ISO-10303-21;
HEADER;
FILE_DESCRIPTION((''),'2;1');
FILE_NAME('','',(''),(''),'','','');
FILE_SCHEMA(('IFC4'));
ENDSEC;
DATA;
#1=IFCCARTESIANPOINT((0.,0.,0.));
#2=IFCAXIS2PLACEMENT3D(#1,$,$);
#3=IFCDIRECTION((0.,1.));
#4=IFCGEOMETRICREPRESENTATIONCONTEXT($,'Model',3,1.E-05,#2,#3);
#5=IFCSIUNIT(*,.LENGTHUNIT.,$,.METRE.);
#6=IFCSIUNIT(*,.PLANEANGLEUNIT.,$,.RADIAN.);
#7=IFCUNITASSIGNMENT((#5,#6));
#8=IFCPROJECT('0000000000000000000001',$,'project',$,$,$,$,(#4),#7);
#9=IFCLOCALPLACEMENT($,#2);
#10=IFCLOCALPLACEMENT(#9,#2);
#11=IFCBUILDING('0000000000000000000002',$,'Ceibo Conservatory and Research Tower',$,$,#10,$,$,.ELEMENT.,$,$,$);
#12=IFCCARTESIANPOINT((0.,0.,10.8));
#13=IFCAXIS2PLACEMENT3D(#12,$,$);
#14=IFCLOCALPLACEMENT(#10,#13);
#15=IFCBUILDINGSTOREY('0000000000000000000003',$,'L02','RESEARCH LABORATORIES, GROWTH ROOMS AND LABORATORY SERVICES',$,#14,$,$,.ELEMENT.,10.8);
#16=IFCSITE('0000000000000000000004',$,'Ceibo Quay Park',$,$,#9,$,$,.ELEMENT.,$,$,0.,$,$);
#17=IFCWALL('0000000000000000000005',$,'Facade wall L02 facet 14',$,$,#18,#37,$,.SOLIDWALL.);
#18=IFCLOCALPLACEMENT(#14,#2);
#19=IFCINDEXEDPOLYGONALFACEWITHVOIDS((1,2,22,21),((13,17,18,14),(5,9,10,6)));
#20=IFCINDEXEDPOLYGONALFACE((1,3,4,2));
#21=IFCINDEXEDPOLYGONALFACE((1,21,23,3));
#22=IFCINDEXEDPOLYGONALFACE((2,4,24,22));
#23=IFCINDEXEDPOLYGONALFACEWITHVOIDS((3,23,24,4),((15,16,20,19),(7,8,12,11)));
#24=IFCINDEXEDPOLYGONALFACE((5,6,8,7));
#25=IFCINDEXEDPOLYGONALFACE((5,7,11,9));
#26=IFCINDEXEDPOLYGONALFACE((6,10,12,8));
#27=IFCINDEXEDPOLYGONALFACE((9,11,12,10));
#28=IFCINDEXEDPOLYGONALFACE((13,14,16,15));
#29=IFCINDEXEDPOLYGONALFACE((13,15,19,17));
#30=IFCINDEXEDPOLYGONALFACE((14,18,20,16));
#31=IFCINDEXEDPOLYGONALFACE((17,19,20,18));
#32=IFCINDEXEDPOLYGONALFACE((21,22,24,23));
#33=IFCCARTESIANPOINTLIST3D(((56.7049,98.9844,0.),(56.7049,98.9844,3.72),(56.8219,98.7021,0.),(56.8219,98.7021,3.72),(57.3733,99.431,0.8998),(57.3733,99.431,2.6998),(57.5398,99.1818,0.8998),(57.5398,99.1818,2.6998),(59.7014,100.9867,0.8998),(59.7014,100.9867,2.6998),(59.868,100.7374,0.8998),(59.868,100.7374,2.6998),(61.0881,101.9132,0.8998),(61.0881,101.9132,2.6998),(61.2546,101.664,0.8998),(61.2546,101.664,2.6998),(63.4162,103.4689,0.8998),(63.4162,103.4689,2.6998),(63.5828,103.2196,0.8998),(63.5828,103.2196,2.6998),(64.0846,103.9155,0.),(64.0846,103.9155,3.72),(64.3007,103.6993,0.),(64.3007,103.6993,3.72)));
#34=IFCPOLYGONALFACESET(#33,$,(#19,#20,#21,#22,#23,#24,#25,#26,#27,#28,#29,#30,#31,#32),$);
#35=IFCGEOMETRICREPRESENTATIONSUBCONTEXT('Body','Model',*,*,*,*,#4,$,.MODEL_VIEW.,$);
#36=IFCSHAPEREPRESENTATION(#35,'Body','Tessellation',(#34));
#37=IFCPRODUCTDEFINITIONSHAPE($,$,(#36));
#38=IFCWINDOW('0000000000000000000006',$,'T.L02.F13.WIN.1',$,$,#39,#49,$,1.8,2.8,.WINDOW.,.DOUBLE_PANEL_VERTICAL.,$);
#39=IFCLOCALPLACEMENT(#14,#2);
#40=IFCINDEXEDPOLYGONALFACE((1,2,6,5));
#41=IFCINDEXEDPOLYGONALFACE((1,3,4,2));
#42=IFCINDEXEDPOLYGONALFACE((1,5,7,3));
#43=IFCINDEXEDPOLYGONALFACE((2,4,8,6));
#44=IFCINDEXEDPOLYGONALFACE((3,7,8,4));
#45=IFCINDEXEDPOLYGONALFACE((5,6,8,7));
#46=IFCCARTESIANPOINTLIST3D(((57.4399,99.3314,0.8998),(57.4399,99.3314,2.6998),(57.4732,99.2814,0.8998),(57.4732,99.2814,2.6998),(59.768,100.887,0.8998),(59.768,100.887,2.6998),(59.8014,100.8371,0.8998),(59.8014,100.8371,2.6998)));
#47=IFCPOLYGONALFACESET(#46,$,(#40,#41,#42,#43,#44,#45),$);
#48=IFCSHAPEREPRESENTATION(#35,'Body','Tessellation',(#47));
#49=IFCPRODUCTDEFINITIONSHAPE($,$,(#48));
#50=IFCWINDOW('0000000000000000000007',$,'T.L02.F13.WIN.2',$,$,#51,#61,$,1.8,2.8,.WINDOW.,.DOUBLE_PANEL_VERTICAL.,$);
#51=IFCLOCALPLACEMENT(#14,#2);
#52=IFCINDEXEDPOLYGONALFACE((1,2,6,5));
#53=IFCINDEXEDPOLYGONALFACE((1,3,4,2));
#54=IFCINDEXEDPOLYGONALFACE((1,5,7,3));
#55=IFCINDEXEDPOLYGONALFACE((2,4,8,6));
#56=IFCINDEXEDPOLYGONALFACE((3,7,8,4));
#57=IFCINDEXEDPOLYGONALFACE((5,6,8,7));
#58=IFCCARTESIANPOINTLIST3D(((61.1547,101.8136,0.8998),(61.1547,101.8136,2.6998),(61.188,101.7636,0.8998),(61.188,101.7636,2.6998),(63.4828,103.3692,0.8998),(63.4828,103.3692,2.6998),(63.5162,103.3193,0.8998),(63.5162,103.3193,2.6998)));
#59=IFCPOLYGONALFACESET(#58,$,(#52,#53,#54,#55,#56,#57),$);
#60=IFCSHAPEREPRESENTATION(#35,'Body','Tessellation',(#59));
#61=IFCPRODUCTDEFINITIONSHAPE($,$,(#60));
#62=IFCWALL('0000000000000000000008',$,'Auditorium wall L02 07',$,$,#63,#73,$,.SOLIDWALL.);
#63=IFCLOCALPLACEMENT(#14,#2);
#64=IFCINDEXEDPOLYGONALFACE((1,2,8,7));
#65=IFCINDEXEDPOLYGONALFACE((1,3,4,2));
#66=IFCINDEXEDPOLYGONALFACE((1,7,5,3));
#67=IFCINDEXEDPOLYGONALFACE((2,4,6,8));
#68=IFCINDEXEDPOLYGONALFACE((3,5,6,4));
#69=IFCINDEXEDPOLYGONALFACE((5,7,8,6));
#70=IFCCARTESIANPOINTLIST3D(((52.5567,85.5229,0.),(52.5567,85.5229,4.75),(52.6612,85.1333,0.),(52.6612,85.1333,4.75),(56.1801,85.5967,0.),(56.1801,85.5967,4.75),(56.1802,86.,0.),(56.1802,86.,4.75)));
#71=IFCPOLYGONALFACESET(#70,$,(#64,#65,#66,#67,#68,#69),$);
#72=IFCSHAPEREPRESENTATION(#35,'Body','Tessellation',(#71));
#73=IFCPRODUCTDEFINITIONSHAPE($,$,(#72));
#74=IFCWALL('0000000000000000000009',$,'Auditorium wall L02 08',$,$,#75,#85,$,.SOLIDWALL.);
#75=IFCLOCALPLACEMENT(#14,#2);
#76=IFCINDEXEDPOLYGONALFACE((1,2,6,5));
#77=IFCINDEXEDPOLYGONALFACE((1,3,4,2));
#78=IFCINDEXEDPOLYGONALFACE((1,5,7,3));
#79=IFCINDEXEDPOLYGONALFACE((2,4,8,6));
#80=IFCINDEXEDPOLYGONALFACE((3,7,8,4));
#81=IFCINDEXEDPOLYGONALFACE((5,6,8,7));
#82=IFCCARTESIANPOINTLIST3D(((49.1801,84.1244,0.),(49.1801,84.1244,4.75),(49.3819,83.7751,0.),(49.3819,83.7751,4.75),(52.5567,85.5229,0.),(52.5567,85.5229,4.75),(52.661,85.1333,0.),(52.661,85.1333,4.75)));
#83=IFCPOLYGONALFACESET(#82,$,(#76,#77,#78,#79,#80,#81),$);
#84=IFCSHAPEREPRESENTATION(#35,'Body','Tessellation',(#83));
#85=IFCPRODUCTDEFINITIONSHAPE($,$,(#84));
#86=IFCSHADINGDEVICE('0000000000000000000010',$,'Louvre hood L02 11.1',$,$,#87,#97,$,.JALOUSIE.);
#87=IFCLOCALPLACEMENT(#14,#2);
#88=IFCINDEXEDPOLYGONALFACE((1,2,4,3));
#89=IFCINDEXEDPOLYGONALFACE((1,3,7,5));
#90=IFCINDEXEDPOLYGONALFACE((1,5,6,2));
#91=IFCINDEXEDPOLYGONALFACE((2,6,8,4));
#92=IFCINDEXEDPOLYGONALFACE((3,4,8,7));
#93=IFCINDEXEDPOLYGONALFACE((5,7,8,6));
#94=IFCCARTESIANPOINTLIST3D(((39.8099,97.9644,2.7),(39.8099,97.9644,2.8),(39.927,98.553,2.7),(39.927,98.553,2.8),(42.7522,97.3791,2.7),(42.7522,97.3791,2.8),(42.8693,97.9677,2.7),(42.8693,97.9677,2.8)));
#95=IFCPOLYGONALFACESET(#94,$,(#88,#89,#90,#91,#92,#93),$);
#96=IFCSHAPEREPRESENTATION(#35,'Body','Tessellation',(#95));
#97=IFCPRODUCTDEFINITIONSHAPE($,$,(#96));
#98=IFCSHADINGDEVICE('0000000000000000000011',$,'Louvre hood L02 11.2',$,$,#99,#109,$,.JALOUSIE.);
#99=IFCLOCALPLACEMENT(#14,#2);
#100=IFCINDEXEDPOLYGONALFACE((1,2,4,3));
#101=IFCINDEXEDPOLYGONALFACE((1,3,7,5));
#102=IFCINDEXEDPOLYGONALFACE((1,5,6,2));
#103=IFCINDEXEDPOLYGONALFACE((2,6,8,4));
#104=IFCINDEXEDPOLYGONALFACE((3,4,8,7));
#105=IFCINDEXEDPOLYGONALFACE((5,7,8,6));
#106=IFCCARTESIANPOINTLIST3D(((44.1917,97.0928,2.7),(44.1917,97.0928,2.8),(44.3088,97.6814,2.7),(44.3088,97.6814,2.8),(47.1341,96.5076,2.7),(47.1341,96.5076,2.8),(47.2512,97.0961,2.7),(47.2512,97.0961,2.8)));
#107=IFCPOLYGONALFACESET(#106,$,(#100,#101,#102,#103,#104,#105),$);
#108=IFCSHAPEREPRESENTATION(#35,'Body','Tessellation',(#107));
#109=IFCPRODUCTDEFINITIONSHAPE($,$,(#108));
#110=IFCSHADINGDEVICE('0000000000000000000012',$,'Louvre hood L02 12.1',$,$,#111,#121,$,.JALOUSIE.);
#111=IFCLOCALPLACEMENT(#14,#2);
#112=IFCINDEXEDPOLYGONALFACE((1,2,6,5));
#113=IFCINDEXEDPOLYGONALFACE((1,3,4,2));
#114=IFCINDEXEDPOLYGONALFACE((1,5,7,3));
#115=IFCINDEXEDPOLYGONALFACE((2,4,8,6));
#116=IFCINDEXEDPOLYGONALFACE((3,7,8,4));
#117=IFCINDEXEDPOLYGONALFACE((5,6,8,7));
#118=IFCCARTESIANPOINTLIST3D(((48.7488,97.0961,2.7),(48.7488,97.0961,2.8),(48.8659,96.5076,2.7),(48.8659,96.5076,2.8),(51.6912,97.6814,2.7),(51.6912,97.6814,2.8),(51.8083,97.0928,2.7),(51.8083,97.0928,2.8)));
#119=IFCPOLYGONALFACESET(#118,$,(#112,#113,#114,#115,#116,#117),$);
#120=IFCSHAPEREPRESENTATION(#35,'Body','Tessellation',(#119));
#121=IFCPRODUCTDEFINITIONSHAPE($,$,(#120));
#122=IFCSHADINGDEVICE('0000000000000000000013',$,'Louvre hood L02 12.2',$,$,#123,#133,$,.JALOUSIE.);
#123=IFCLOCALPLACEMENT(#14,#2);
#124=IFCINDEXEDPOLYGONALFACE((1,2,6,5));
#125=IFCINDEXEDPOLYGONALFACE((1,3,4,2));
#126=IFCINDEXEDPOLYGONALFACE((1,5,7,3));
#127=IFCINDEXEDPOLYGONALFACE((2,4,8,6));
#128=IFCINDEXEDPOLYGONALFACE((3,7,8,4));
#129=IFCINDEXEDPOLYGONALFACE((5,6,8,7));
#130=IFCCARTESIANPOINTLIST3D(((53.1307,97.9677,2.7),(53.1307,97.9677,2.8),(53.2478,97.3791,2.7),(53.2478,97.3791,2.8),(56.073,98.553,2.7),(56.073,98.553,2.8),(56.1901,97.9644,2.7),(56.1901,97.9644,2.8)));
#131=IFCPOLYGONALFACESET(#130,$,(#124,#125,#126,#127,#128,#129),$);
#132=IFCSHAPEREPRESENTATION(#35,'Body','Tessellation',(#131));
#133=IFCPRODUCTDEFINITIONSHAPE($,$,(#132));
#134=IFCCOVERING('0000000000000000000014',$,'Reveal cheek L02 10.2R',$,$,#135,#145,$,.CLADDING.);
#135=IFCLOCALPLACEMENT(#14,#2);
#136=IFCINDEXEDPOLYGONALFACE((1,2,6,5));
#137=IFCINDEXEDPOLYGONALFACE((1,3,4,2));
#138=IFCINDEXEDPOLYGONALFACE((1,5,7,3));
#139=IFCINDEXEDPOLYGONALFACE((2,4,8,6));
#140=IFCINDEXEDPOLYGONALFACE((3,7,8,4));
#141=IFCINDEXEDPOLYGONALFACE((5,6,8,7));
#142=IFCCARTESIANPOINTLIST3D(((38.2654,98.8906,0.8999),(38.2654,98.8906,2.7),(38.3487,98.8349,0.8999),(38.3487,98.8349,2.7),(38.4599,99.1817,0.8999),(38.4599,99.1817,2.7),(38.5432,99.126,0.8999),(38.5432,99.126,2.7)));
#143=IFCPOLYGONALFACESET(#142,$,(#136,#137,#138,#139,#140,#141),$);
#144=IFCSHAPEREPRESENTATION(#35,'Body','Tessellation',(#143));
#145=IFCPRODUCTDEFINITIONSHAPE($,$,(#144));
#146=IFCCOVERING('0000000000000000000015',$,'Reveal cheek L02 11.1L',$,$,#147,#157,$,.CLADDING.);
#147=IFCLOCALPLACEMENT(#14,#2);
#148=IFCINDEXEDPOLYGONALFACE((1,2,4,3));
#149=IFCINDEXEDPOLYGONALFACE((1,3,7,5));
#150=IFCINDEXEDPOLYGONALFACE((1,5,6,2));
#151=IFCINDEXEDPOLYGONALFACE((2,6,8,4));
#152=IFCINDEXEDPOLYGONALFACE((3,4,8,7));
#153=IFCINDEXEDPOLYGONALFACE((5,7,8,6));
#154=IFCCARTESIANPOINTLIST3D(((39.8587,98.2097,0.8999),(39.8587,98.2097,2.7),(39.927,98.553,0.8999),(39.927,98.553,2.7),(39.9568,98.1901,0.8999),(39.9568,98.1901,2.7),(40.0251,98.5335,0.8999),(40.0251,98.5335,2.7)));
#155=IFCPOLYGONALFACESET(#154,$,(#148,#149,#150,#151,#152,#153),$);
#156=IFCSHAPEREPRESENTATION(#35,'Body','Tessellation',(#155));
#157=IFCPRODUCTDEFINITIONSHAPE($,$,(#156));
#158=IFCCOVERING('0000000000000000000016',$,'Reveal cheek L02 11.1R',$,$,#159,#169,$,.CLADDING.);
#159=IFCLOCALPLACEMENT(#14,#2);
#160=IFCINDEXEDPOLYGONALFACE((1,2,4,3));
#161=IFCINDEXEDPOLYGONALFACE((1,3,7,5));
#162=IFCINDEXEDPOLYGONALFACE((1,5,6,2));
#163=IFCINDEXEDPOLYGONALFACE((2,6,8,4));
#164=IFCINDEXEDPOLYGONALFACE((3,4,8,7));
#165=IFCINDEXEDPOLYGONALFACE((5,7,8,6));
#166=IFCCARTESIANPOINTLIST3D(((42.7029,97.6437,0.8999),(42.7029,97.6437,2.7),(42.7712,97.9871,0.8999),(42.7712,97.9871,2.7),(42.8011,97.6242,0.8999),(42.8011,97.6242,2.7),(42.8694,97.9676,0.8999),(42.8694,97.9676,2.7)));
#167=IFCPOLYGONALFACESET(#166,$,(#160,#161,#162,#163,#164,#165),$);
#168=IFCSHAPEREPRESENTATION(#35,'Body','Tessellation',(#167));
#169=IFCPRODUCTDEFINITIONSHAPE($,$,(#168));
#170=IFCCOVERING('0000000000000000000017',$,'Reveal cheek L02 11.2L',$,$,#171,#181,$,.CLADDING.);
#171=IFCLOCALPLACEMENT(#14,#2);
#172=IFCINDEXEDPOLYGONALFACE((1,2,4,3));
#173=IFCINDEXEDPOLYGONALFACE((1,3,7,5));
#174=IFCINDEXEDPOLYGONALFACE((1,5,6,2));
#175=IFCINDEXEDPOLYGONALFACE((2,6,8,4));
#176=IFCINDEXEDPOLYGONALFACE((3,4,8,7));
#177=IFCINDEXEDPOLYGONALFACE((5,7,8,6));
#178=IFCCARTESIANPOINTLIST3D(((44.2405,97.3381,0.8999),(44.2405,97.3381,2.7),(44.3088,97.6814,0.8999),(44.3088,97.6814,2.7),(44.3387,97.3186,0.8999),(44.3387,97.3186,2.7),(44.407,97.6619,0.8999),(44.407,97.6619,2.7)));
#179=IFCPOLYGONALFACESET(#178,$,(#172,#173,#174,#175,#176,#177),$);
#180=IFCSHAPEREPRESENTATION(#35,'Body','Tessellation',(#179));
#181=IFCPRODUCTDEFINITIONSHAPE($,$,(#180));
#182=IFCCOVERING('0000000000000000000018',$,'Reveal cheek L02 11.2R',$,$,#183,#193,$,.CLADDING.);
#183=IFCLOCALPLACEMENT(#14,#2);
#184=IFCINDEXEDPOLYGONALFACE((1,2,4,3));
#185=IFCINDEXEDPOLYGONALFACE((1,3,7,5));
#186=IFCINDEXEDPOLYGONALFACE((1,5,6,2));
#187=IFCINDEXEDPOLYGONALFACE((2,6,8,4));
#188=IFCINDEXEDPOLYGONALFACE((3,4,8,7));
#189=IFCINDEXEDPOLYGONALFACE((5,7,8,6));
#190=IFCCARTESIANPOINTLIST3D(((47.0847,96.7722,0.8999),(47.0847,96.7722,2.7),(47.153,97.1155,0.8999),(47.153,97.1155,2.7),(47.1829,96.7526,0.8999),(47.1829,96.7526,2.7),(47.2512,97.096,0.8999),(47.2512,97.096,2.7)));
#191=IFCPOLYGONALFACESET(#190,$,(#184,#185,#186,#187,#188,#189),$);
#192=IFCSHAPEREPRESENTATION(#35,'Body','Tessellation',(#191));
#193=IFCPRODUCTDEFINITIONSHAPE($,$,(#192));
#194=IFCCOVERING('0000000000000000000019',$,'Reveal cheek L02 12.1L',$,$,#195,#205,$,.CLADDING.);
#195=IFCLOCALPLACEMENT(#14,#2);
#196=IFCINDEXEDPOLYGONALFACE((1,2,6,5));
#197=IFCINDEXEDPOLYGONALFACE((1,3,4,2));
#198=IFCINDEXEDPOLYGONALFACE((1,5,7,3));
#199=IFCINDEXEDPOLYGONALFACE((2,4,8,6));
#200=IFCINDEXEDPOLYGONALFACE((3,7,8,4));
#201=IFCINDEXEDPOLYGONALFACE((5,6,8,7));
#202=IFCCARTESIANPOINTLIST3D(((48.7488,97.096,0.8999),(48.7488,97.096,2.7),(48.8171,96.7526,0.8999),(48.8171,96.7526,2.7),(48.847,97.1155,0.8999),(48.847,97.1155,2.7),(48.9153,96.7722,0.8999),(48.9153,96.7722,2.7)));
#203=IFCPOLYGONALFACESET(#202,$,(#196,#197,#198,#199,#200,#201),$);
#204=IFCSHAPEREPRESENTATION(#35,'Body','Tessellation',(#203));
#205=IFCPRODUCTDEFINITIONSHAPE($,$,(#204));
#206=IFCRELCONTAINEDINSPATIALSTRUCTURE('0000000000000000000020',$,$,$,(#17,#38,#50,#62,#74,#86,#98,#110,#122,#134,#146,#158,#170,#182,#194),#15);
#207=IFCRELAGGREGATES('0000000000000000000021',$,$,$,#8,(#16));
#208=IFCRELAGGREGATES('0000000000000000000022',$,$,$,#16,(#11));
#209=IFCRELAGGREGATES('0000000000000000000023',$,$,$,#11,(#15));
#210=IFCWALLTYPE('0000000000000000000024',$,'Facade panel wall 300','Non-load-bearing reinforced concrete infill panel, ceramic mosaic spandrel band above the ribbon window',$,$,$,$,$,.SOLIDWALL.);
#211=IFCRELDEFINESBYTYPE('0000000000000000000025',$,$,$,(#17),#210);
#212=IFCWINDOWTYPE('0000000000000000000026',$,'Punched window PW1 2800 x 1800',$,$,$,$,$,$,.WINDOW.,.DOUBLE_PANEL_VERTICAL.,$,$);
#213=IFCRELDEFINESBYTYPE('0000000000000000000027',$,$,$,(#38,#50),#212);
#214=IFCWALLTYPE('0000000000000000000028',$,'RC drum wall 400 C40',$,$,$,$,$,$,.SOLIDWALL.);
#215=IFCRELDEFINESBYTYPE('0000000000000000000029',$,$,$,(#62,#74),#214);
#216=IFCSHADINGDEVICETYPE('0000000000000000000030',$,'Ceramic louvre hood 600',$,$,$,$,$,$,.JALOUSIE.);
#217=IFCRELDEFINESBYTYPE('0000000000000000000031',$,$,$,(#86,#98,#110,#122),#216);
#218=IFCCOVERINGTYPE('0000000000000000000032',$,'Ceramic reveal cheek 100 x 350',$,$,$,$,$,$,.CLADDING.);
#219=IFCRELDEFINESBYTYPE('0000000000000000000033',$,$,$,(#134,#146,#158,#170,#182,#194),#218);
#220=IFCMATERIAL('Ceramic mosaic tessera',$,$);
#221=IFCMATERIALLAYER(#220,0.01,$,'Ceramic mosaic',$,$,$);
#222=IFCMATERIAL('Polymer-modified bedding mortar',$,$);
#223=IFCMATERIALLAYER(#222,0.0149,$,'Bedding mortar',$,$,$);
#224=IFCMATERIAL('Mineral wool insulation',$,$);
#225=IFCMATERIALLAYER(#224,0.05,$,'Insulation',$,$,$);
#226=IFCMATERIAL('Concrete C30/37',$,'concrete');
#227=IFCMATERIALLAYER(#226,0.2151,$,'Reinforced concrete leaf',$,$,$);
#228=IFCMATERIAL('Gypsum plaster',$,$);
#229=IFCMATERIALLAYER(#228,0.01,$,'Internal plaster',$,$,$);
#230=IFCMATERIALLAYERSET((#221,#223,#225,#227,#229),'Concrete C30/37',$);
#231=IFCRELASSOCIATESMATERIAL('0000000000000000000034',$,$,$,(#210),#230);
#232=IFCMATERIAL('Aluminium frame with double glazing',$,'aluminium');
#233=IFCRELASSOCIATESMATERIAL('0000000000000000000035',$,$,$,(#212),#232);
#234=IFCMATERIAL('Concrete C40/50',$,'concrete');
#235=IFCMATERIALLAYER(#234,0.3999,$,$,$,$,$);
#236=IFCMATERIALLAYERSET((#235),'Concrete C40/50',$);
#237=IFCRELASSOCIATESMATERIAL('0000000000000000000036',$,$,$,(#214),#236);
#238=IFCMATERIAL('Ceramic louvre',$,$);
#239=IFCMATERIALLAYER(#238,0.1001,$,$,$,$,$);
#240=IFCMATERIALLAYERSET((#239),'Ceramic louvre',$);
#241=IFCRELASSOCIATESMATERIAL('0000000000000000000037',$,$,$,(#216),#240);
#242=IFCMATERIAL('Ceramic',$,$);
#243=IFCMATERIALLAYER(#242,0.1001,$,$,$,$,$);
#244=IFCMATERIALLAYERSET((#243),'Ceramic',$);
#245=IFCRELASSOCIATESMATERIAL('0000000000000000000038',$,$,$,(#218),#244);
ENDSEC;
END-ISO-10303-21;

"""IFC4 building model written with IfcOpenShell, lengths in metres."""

from ifc_helpers import new_model, si_unit, direction, frame, frame_2d, origin, origin_2d, place, context, subcontext, project, spatial, polyline, rectangle, outline, extrude, material, layer, layer_set, type_object, element, fill, save


model = new_model("IFC4")

# Units and contexts
model_context = context("Model", 3, precision=1e-05, world=origin(), true_north=direction((0.0, 1.0)))
body_context = subcontext(model_context, "Body", "Model", "MODEL_VIEW")
ifc_project = project(units=[si_unit("LENGTHUNIT", "METRE"), si_unit("PLANEANGLEUNIT", "RADIAN")], contexts=[model_context])

# Site, building, storey
site_placement = place(None, origin())
site = spatial("IfcSite", under=ifc_project, at=site_placement, Name="Ceibo Quay Park", CompositionType="ELEMENT", RefElevation=0.0)
building_placement = place(site_placement, origin())
building = spatial("IfcBuilding", under=site, at=building_placement, Name="Ceibo Conservatory and Research Tower", CompositionType="ELEMENT")
storey_placement = place(building_placement, frame((0.0, 0.0, 10.8)))
storey = spatial("IfcBuildingStorey", under=building, at=storey_placement, Name="L02", Description="RESEARCH LABORATORIES, GROWTH ROOMS AND LABORATORY SERVICES", CompositionType="ELEMENT", Elevation=10.8)

# Wall, openings, windows
ifc_material_1 = material(Name="Ceramic mosaic tessera")
ifc_layer_1 = layer(ifc_material_1, 0.01, Name="Ceramic mosaic")
ifc_material_2 = material(Name="Polymer-modified bedding mortar")
ifc_layer_2 = layer(ifc_material_2, 0.0149, Name="Bedding mortar")
ifc_material_3 = material(Name="Mineral wool insulation")
ifc_layer_3 = layer(ifc_material_3, 0.05, Name="Insulation")
ifc_material_4 = material(Name="Concrete C30/37", Category="concrete")
ifc_layer_4 = layer(ifc_material_4, 0.2151, Name="Reinforced concrete leaf")
ifc_material_5 = material(Name="Gypsum plaster")
ifc_layer_5 = layer(ifc_material_5, 0.01, Name="Internal plaster")
ifc_layer_set_1 = layer_set([ifc_layer_1, ifc_layer_2, ifc_layer_3, ifc_layer_4, ifc_layer_5], Name="Concrete C30/37")
wall_type_1 = type_object("IfcWallType", Name="Facade panel wall 300", Description="Non-load-bearing reinforced concrete infill panel, ceramic mosaic spandrel band above the ribbon window", PredefinedType="SOLIDWALL", material=ifc_layer_set_1)
ifc_material_6 = material(Name="Aluminium frame with double glazing", Category="aluminium")
window_type = type_object("IfcWindowType", Name="Punched window PW1 2800 x 1800", PartitioningType="DOUBLE_PANEL_VERTICAL", PredefinedType="WINDOW", material=ifc_material_6)
wall_1_placement = place(storey_placement, frame((56.7634, 98.8433, 0.0), z_axis=(0.0, 0.0, 1.0), x_axis=(0.831466, 0.555576, 0.0)))
wall_1 = element("IfcWall", 1, at=wall_1_placement, inside=storey, type_object=wall_type_1, Name="Facade wall L02 facet 14", PredefinedType="SOLIDWALL", context=body_context, shape_type="SweptSolid", body=[
    extrude(outline(polyline([(-0.0298, -0.1499), (8.9648, -0.1499), (8.9053, 0.1499), (0.0298, 0.1499), (-0.0298, -0.1499)])), origin(), (0.0, 0.0, 1.0), 3.72),
])
opening_1_placement = place(wall_1_placement, frame((0.8337, 0.0, 0.8999)))
opening_1 = element("IfcOpeningElement", 2, at=opening_1_placement, cuts=wall_1, PredefinedType="OPENING", context=body_context, shape_type="SweptSolid", body=[
    extrude(rectangle(XDim=2.8, YDim=1.8, at=frame_2d((1.3999, 0.8999))), frame((0.0, 0.1599, 0.0), z_axis=(0.0, -1.0, 0.0), x_axis=(1.0, 0.0, 0.0)), (0.0, 0.0, 1.0), 0.3201),
])
opening_2_placement = place(wall_1_placement, frame((5.3015, 0.0, 0.8999)))
opening_2 = element("IfcOpeningElement", 3, at=opening_2_placement, cuts=wall_1, PredefinedType="OPENING", context=body_context, shape_type="SweptSolid", body=[
    extrude(rectangle(XDim=2.8, YDim=1.8, at=frame_2d((1.3999, 0.8999))), frame((0.0, 0.1599, 0.0), z_axis=(0.0, -1.0, 0.0), x_axis=(1.0, 0.0, 0.0)), (0.0, 0.0, 1.0), 0.3201),
])
window_1_placement = place(opening_1_placement, origin())
window_1 = element("IfcWindow", 4, at=window_1_placement, inside=storey, type_object=window_type, Name="T.L02.F13.WIN.1", OverallHeight=1.8, OverallWidth=2.8, PartitioningType="DOUBLE_PANEL_VERTICAL", PredefinedType="WINDOW", context=body_context, shape_type="SweptSolid", body=[
    extrude(rectangle(XDim=2.8, YDim=1.8, at=frame_2d((1.3999, 0.8999))), frame((0.0, 0.03, 0.0), z_axis=(0.0, -1.0, 0.0), x_axis=(1.0, 0.0, 0.0)), (0.0, 0.0, 1.0), 0.0601),
])
fill(opening_1, window_1)
window_2_placement = place(opening_2_placement, origin())
window_2 = element("IfcWindow", 5, at=window_2_placement, inside=storey, type_object=window_type, Name="T.L02.F13.WIN.2", OverallHeight=1.8, OverallWidth=2.8, PartitioningType="DOUBLE_PANEL_VERTICAL", PredefinedType="WINDOW", context=body_context, shape_type="SweptSolid", body=[
    extrude(rectangle(XDim=2.8, YDim=1.8, at=frame_2d((1.3999, 0.8999))), frame((0.0, 0.03, 0.0), z_axis=(0.0, -1.0, 0.0), x_axis=(1.0, 0.0, 0.0)), (0.0, 0.0, 1.0), 0.0601),
])
fill(opening_2, window_2)

# Walls
ifc_material_7 = material(Name="Concrete C40/50", Category="concrete")
ifc_layer_6 = layer(ifc_material_7, 0.3999)
ifc_layer_set_2 = layer_set([ifc_layer_6], Name="Concrete C40/50")
wall_type_2 = type_object("IfcWallType", Name="RC drum wall 400 C40", PredefinedType="SOLIDWALL", material=ifc_layer_set_2)
for number, where, z_axis, x_axis, name in (
    (6, (56.1802, 85.7983, 0.0), (0.0, 0.0, 1.0), (-0.991443, -0.130539, 0.0), "Auditorium wall L02 07"),
    (7, (52.6089, 85.3281, 0.0), (0.0, 0.0, 1.0), (-0.923883, -0.382675, 0.0), "Auditorium wall L02 08"),
):
    element("IfcWall", number, at=place(storey_placement, frame(where, z_axis=z_axis, x_axis=x_axis)), inside=storey, type_object=wall_type_2, Name=name, PredefinedType="SOLIDWALL", context=body_context, shape_type="SweptSolid", body=[
        extrude(outline(polyline([(-0.0264, -0.2), (3.6284, -0.2), (3.5757, 0.2), (0.0264, 0.2), (-0.0264, -0.2)])), origin(), (0.0, 0.0, 1.0), 4.75),
    ])

# Shading devices
ifc_material_8 = material(Name="Ceramic louvre")
ifc_layer_7 = layer(ifc_material_8, 0.1001)
ifc_layer_set_3 = layer_set([ifc_layer_7], Name="Ceramic louvre")
shading_device_type = type_object("IfcShadingDeviceType", Name="Ceramic louvre hood 600", PredefinedType="JALOUSIE", material=ifc_layer_set_3)
for number, where, z_axis, x_axis, name in (
    (8, (41.3396, 97.9661, 2.7), (0.0, 0.0, 1.0), (0.980785, -0.19509, 0.0), "Louvre hood L02 11.1"),
    (9, (45.7214, 97.0945, 2.7), (0.0, 0.0, 1.0), (0.980785, -0.19509, 0.0), "Louvre hood L02 11.2"),
    (10, (50.2786, 97.0945, 2.7), (0.0, 0.0, 1.0), (0.980785, 0.19509, 0.0), "Louvre hood L02 12.1"),
    (11, (54.6604, 97.9661, 2.7), (0.0, 0.0, 1.0), (0.980785, 0.19509, 0.0), "Louvre hood L02 12.2"),
):
    element("IfcShadingDevice", number, at=place(storey_placement, frame(where, z_axis=z_axis, x_axis=x_axis)), inside=storey, type_object=shading_device_type, Name=name, PredefinedType="JALOUSIE", context=body_context, shape_type="SweptSolid", body=[
        extrude(rectangle(XDim=3.0, YDim=0.6001, at=origin_2d()), origin(), (0.0, 0.0, 1.0), 0.1001),
    ])

# Coverings
ifc_material_9 = material(Name="Ceramic")
ifc_layer_8 = layer(ifc_material_9, 0.1001)
ifc_layer_set_4 = layer_set([ifc_layer_8], Name="Ceramic")
covering_type_1 = type_object("IfcCoveringType", Name="Ceramic reveal cheek 100 x 350", PredefinedType="CLADDING", material=ifc_layer_set_4)
for number, where, z_axis, x_axis, name in (
    (12, (38.4043, 99.0083, 0.8999), (0.0, 0.0, 1.0), (0.83147, -0.55557, 0.0), "Reveal cheek L02 10.2R"),
    (13, (39.9419, 98.3716, 0.8999), (0.0, 0.0, 1.0), (0.980785, -0.19509, 0.0), "Reveal cheek L02 11.1L"),
    (14, (42.7861, 97.8057, 0.8999), (0.0, 0.0, 1.0), (0.980785, -0.19509, 0.0), "Reveal cheek L02 11.1R"),
    (15, (44.3237, 97.5, 0.8999), (0.0, 0.0, 1.0), (0.980785, -0.19509, 0.0), "Reveal cheek L02 11.2L"),
    (16, (47.168, 96.9341, 0.8999), (0.0, 0.0, 1.0), (0.980785, -0.19509, 0.0), "Reveal cheek L02 11.2R"),
    (17, (48.832, 96.9341, 0.8999), (0.0, 0.0, 1.0), (0.980785, 0.19509, 0.0), "Reveal cheek L02 12.1L"),
):
    element("IfcCovering", number, at=place(storey_placement, frame(where, z_axis=z_axis, x_axis=x_axis)), inside=storey, type_object=covering_type_1, Name=name, PredefinedType="CLADDING", context=body_context, shape_type="SweptSolid", body=[
        extrude(rectangle(XDim=0.1001, YDim=0.3501, at=origin_2d()), origin(), (0.0, 0.0, 1.0), 1.8),
    ])

save(model, "model.ifc")
